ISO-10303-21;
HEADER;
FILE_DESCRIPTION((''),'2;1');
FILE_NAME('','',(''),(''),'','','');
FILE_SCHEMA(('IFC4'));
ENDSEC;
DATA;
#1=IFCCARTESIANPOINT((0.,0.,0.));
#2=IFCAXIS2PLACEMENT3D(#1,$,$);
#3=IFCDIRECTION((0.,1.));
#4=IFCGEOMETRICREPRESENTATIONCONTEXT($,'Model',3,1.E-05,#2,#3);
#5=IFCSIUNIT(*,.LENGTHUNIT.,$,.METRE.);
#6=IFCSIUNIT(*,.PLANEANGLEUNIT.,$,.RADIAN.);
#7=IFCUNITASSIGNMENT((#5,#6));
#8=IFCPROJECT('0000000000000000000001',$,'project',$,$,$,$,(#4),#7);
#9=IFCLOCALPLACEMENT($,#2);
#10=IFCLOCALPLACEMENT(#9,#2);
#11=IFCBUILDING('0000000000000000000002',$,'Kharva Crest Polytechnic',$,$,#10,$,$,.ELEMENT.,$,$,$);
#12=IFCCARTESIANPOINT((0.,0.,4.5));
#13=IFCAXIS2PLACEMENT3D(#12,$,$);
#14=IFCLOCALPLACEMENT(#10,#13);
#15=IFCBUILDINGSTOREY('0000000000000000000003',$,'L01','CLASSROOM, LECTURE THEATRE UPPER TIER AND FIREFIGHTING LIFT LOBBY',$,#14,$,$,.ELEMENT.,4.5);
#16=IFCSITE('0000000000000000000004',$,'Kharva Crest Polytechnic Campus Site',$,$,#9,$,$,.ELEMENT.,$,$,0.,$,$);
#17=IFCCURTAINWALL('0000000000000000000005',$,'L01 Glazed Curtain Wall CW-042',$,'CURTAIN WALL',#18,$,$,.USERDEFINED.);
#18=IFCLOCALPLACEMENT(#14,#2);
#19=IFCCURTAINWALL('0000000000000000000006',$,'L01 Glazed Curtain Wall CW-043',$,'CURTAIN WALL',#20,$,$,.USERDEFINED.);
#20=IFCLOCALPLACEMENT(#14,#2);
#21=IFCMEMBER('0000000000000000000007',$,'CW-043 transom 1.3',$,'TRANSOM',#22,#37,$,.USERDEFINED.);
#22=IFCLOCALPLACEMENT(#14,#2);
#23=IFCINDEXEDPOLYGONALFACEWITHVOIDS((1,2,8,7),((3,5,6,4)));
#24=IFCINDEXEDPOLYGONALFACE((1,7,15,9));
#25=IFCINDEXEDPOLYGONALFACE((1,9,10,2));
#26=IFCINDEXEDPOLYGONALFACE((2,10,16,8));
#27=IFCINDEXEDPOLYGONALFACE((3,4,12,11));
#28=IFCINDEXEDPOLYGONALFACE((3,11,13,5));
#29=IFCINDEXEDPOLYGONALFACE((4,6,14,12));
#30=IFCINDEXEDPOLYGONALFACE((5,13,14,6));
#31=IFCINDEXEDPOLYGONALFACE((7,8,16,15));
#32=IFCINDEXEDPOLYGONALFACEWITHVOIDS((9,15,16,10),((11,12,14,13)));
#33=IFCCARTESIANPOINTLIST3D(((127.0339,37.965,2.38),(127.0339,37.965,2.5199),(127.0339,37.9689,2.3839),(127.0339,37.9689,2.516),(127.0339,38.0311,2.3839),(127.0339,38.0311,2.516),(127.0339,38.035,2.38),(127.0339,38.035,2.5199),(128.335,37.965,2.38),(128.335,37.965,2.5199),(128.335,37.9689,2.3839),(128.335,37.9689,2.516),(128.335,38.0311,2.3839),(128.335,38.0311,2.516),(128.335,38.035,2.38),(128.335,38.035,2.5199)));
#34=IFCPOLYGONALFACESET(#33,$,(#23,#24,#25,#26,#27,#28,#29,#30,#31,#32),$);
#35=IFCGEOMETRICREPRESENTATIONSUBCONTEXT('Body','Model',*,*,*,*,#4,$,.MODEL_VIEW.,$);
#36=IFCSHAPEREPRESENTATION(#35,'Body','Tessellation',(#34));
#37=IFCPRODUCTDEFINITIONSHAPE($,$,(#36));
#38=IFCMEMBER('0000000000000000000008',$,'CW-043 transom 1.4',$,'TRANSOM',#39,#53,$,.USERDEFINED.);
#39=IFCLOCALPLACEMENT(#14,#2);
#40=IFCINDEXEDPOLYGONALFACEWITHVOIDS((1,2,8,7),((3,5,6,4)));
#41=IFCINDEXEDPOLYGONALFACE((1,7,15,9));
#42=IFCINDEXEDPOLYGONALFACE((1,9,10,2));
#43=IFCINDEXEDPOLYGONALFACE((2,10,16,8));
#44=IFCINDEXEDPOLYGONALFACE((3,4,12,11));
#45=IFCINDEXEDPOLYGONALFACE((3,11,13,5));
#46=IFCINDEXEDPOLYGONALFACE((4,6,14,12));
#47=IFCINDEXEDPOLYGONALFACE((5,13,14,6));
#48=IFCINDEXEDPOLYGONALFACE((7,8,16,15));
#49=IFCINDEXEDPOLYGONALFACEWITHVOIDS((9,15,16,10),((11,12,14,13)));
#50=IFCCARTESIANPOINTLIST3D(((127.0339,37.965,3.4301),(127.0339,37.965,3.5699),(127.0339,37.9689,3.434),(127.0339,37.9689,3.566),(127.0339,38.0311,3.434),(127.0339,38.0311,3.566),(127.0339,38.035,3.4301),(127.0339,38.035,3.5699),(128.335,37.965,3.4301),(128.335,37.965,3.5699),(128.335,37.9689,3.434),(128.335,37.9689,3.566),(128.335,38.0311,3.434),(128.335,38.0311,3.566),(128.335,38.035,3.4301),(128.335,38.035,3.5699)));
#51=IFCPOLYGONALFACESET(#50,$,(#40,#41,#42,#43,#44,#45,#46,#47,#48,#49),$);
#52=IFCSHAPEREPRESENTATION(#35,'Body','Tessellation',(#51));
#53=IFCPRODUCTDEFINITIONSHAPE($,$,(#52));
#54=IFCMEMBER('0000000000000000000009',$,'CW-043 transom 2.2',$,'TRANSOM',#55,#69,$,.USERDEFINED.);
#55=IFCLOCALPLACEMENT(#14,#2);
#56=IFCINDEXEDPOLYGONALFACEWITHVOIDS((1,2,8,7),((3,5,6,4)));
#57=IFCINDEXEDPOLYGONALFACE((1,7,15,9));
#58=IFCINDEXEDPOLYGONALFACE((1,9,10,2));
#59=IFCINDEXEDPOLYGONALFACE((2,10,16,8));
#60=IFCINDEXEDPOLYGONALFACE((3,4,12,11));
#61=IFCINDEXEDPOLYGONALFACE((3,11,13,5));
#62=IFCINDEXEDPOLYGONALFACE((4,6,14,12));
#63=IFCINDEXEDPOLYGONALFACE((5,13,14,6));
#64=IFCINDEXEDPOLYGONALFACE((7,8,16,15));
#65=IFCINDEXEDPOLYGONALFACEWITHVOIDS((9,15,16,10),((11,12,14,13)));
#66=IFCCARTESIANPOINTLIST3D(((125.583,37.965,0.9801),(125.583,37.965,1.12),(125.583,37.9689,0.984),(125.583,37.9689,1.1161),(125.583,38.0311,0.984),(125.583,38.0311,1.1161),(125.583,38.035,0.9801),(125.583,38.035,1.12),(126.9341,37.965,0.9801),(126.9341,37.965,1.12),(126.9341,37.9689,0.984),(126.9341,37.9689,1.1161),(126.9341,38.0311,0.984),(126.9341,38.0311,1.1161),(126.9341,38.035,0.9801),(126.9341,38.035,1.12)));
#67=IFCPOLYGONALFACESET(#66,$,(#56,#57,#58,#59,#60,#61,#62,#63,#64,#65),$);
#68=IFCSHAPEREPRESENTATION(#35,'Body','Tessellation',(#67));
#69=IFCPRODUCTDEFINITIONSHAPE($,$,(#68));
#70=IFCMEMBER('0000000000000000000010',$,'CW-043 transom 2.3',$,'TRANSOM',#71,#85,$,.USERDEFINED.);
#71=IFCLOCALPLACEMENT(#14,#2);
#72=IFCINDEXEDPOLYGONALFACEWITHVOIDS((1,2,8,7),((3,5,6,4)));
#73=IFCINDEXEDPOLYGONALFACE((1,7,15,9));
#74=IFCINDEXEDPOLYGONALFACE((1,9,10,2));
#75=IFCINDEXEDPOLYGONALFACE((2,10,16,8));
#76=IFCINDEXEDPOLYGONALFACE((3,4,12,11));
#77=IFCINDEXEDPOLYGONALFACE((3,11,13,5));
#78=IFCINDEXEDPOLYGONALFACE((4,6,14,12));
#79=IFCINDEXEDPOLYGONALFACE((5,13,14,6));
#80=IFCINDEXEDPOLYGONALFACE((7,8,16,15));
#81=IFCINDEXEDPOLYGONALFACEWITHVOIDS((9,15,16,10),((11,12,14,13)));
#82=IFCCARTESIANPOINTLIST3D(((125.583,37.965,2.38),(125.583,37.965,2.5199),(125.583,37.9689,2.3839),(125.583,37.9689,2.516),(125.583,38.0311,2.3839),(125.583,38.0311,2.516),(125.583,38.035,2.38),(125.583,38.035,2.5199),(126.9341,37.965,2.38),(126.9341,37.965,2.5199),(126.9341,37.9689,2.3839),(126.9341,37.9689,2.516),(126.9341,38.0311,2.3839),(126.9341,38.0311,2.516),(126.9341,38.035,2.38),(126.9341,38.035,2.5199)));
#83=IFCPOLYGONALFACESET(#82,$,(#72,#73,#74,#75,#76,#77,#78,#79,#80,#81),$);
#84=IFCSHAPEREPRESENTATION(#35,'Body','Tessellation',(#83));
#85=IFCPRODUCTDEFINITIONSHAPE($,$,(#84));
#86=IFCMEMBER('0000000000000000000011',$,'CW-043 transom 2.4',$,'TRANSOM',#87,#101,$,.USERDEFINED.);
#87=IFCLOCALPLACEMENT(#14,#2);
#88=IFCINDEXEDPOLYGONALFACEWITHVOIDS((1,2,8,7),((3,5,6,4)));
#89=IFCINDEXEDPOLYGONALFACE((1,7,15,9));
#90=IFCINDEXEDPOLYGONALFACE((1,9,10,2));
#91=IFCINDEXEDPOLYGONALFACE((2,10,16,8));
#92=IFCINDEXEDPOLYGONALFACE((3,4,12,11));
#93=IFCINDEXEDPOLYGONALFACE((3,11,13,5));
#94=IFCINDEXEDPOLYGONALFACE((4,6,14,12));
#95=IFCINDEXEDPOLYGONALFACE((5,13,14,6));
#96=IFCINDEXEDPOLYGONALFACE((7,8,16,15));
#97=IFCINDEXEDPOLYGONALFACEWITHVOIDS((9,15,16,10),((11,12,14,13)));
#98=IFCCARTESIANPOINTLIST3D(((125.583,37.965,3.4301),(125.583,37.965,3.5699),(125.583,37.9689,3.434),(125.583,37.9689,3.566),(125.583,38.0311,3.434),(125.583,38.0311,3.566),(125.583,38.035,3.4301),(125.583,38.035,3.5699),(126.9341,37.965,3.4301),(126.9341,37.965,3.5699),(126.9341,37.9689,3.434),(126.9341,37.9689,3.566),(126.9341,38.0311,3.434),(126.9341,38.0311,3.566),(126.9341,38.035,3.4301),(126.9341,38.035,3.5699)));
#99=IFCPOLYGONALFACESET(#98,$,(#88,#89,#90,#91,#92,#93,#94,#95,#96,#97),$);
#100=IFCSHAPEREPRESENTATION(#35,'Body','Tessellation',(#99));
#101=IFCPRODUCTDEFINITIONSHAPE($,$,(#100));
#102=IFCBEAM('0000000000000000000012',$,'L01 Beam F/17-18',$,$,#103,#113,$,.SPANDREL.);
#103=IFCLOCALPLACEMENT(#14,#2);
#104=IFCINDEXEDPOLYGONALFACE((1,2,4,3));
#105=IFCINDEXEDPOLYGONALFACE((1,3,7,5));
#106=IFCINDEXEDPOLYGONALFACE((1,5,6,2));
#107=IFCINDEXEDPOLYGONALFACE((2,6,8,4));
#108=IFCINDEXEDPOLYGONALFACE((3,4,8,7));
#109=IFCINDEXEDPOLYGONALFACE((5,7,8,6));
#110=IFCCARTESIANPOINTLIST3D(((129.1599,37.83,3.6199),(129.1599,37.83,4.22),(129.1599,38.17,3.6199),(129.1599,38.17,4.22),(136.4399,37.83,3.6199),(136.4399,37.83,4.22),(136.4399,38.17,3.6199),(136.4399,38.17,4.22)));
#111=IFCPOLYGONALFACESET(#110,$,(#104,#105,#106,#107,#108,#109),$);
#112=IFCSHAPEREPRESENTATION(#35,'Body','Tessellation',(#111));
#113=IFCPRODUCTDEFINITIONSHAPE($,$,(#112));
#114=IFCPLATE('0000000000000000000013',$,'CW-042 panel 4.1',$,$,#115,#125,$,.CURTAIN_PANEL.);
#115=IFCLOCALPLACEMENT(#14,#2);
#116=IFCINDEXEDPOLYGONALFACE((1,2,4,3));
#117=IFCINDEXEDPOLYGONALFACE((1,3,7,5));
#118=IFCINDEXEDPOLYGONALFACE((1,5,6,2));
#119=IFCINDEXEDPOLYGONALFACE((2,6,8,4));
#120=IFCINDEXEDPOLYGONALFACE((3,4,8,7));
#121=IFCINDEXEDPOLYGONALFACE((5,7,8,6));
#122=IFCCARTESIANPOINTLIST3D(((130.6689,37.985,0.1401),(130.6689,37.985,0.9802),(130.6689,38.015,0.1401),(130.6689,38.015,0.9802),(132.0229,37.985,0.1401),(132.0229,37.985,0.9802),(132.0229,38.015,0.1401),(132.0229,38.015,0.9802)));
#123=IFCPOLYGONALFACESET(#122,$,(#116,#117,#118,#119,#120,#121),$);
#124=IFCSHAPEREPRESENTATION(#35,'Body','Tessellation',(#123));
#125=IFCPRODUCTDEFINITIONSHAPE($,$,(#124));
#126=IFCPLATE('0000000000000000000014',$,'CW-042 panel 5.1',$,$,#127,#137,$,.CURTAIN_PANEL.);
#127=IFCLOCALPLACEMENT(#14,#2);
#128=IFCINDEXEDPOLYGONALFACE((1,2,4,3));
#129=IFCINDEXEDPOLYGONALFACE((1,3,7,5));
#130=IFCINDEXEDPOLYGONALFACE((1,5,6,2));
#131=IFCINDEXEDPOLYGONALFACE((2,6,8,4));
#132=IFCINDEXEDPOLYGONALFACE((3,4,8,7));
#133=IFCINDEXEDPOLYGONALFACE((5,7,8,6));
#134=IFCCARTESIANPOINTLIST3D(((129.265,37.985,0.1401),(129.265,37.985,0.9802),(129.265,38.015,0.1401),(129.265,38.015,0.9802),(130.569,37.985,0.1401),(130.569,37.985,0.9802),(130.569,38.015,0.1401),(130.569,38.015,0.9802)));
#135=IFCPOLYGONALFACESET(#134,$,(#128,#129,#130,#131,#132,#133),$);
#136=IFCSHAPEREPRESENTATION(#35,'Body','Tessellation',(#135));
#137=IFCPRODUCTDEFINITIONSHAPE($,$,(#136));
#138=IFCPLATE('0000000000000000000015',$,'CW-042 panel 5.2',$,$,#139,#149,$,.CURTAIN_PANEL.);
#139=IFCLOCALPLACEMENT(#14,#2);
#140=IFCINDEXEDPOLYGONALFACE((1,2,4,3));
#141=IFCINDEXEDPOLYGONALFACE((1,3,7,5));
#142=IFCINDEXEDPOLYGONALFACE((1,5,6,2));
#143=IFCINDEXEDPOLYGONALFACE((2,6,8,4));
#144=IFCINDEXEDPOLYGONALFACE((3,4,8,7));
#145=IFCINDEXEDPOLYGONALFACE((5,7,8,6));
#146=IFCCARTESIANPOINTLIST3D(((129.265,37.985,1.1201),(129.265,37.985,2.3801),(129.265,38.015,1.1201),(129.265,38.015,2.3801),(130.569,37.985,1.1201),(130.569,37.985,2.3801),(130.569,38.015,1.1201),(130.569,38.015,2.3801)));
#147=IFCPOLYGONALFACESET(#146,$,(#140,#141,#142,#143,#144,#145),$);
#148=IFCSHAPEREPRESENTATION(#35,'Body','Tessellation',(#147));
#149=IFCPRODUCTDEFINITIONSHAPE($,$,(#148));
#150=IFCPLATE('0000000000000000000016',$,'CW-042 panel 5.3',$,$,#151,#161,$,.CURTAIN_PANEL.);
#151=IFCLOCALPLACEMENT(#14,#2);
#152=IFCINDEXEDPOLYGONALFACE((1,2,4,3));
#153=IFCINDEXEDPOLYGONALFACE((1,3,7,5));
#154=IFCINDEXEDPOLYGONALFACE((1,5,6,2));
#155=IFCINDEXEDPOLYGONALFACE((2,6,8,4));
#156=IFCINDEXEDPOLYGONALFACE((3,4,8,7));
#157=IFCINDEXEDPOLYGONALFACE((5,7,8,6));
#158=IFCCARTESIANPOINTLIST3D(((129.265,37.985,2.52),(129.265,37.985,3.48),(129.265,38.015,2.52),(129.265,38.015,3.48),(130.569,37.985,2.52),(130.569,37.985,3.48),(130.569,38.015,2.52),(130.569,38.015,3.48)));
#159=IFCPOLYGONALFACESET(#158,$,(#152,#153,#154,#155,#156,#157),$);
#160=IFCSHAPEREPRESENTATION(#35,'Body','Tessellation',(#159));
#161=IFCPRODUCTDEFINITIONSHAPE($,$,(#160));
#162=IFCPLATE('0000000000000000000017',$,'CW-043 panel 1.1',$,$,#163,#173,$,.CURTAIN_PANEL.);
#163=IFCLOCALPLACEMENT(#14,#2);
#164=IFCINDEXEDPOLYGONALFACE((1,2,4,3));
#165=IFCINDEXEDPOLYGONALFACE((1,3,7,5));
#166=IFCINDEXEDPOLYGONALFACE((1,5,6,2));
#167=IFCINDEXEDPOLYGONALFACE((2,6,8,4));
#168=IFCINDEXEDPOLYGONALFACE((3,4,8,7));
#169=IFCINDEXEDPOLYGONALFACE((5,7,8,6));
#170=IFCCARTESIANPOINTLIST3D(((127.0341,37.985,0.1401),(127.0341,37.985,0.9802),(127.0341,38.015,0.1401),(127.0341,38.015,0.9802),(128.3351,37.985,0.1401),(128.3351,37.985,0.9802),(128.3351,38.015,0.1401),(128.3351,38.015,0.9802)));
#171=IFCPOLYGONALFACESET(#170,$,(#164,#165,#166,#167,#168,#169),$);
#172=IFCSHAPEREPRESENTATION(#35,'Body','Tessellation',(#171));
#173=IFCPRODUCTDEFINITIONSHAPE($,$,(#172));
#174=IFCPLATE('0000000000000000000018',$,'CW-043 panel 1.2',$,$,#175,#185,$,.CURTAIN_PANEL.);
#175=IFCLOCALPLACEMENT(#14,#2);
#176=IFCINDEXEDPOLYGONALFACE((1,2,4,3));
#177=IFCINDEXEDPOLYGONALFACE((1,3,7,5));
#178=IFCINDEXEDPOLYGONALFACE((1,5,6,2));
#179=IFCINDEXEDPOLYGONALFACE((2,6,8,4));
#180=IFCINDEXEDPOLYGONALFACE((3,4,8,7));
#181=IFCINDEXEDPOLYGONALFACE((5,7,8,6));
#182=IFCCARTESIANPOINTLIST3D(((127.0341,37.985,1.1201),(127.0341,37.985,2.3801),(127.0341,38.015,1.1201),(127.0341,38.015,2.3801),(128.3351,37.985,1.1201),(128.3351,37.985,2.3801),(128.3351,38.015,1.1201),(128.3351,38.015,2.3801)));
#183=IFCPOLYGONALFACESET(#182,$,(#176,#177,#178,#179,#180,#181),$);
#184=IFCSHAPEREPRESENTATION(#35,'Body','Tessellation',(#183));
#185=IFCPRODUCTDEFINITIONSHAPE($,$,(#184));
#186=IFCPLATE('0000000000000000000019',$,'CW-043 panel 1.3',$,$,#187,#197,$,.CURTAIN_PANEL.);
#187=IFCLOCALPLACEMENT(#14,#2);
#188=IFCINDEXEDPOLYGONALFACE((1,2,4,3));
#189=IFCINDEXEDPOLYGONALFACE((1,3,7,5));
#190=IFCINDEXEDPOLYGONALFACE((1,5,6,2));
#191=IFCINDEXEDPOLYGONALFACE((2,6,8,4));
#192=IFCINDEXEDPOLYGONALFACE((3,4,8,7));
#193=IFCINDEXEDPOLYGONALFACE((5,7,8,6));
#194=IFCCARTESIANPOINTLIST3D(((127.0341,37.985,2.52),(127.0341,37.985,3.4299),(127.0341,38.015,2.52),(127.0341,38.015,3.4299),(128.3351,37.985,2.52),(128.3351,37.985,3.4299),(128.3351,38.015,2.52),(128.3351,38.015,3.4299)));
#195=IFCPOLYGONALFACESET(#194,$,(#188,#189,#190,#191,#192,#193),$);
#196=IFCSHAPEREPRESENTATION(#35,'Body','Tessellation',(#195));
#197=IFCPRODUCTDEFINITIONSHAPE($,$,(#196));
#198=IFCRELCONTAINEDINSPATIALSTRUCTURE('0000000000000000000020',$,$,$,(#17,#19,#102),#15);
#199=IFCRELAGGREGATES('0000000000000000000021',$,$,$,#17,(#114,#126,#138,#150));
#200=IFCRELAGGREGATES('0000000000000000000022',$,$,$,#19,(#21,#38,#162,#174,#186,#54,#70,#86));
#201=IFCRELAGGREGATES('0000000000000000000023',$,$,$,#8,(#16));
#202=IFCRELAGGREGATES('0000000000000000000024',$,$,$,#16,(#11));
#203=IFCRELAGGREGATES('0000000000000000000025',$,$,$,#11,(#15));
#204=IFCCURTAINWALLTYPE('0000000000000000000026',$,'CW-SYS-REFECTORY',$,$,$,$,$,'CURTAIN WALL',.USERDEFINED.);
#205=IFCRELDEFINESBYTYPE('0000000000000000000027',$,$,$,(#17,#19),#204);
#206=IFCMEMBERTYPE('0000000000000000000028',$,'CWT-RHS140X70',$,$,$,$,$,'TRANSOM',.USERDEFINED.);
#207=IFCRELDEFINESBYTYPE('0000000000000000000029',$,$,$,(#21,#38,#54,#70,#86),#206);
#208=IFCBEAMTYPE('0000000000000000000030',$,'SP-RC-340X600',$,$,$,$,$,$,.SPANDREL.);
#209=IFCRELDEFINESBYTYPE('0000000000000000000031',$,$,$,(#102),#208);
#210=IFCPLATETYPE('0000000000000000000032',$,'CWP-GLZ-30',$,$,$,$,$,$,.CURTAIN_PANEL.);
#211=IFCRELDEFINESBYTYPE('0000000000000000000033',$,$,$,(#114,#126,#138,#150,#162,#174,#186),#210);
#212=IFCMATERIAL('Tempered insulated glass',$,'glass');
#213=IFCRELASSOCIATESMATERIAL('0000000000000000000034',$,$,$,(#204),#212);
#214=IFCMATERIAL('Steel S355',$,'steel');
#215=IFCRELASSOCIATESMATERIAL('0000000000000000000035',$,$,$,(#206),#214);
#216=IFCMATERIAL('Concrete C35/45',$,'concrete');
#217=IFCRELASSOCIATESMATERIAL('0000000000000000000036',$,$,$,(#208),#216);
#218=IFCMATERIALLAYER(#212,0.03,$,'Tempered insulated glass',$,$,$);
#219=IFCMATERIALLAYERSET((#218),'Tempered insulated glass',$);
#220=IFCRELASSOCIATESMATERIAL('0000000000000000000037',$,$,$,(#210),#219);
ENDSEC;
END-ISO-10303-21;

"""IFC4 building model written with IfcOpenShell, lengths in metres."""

from ifc_helpers import new_model, si_unit, direction, frame, origin, origin_2d, place, context, subcontext, project, spatial, rectangle, hollow_rectangle, extrude, material, layer, layer_set, material_profile, profile_set, type_object, element, aggregate, save


model = new_model("IFC4")

# Units and contexts
model_context = context("Model", 3, precision=1e-05, world=origin(), true_north=direction((0.0, 1.0)))
body_context = subcontext(model_context, "Body", "Model", "MODEL_VIEW")
ifc_project = project(units=[si_unit("LENGTHUNIT", "METRE"), si_unit("PLANEANGLEUNIT", "RADIAN")], contexts=[model_context])

# Site, building, storey
site_placement = place(None, origin())
site = spatial("IfcSite", under=ifc_project, at=site_placement, Name="Kharva Crest Polytechnic Campus Site", CompositionType="ELEMENT", RefElevation=0.0)
building_placement = place(site_placement, origin())
building = spatial("IfcBuilding", under=site, at=building_placement, Name="Kharva Crest Polytechnic", CompositionType="ELEMENT")
storey_placement = place(building_placement, frame((0.0, 0.0, 4.5)))
storey = spatial("IfcBuildingStorey", under=building, at=storey_placement, Name="L01", Description="CLASSROOM, LECTURE THEATRE UPPER TIER AND FIREFIGHTING LIFT LOBBY", CompositionType="ELEMENT", Elevation=4.5)

# Curtain walls
ifc_material_1 = material(Name="Tempered insulated glass", Category="glass")
curtain_wall_type = type_object("IfcCurtainWallType", Name="CW-SYS-REFECTORY", ElementType="CURTAIN WALL", PredefinedType="USERDEFINED", material=ifc_material_1)
curtain_wall_1_placement = place(storey_placement, origin())
curtain_wall_1 = element("IfcCurtainWall", 1, at=curtain_wall_1_placement, inside=storey, type_object=curtain_wall_type, Name="L01 Glazed Curtain Wall CW-042", ObjectType="CURTAIN WALL", PredefinedType="USERDEFINED")
ifc_material_2 = material(Name="Steel S355", Category="steel")
curtain_wall_2_placement = place(storey_placement, origin())
curtain_wall_2 = element("IfcCurtainWall", 2, at=curtain_wall_2_placement, inside=storey, type_object=curtain_wall_type, Name="L01 Glazed Curtain Wall CW-043", ObjectType="CURTAIN WALL", PredefinedType="USERDEFINED")

# Members
ifc_material_profile_1 = material_profile(ifc_material_2, hollow_rectangle(XDim=0.0701, YDim=0.1399, WallThickness=0.0039, at=origin_2d()), Name="RHS 140X70X4.0")
ifc_profile_set_1 = profile_set([ifc_material_profile_1], Name="Steel S355")
member_type_1 = type_object("IfcMemberType", Name="CWT-RHS140X70", ElementType="TRANSOM", PredefinedType="USERDEFINED", material=ifc_profile_set_1)
member_1_placement = place(storey_placement, frame((128.335, 38.0, 2.45), z_axis=(-1.0, 0.0, 0.0), x_axis=(0.0, -1.0, 0.0)))
member_1 = element("IfcMember", 3, at=member_1_placement, type_object=member_type_1, Name="CW-043 transom 1.3", ObjectType="TRANSOM", PredefinedType="USERDEFINED", context=body_context, shape_type="SweptSolid", body=[
    extrude(hollow_rectangle(XDim=0.0701, YDim=0.1399, WallThickness=0.0039, at=origin_2d()), origin(), (0.0, 0.0, 1.0), 1.301),
])
member_2_placement = place(storey_placement, frame((128.335, 38.0, 3.5), z_axis=(-1.0, 0.0, 0.0), x_axis=(0.0, -1.0, 0.0)))
member_2 = element("IfcMember", 4, at=member_2_placement, type_object=member_type_1, Name="CW-043 transom 1.4", ObjectType="TRANSOM", PredefinedType="USERDEFINED", context=body_context, shape_type="SweptSolid", body=[
    extrude(hollow_rectangle(XDim=0.0701, YDim=0.1399, WallThickness=0.0039, at=origin_2d()), origin(), (0.0, 0.0, 1.0), 1.301),
])
member_3_placement = place(storey_placement, frame((126.9341, 38.0, 1.05), z_axis=(-1.0, 0.0, 0.0), x_axis=(0.0, -1.0, 0.0)))
member_3 = element("IfcMember", 5, at=member_3_placement, type_object=member_type_1, Name="CW-043 transom 2.2", ObjectType="TRANSOM", PredefinedType="USERDEFINED", context=body_context, shape_type="SweptSolid", body=[
    extrude(hollow_rectangle(XDim=0.0701, YDim=0.1399, WallThickness=0.0039, at=origin_2d()), origin(), (0.0, 0.0, 1.0), 1.3511),
])
member_4_placement = place(storey_placement, frame((126.9341, 38.0, 2.45), z_axis=(-1.0, 0.0, 0.0), x_axis=(0.0, -1.0, 0.0)))
member_4 = element("IfcMember", 6, at=member_4_placement, type_object=member_type_1, Name="CW-043 transom 2.3", ObjectType="TRANSOM", PredefinedType="USERDEFINED", context=body_context, shape_type="SweptSolid", body=[
    extrude(hollow_rectangle(XDim=0.0701, YDim=0.1399, WallThickness=0.0039, at=origin_2d()), origin(), (0.0, 0.0, 1.0), 1.3511),
])
member_5_placement = place(storey_placement, frame((126.9341, 38.0, 3.5), z_axis=(-1.0, 0.0, 0.0), x_axis=(0.0, -1.0, 0.0)))
member_5 = element("IfcMember", 7, at=member_5_placement, type_object=member_type_1, Name="CW-043 transom 2.4", ObjectType="TRANSOM", PredefinedType="USERDEFINED", context=body_context, shape_type="SweptSolid", body=[
    extrude(hollow_rectangle(XDim=0.0701, YDim=0.1399, WallThickness=0.0039, at=origin_2d()), origin(), (0.0, 0.0, 1.0), 1.3511),
])

# Beam
ifc_material_3 = material(Name="Concrete C35/45", Category="concrete")
ifc_material_profile_2 = material_profile(ifc_material_3, rectangle(XDim=0.3401, YDim=0.6001, at=origin_2d()), Name="RECT 340 X 600")
ifc_profile_set_2 = profile_set([ifc_material_profile_2], Name="Concrete C35/45")
beam_type = type_object("IfcBeamType", Name="SP-RC-340X600", PredefinedType="SPANDREL", material=ifc_profile_set_2)
beam_placement = place(storey_placement, frame((129.1599, 38.0, 3.9199), z_axis=(1.0, 0.0, 0.0), x_axis=(0.0, 1.0, 0.0)))
element("IfcBeam", 8, at=beam_placement, inside=storey, type_object=beam_type, Name="L01 Beam F/17-18", PredefinedType="SPANDREL", context=body_context, shape_type="SweptSolid", body=[
    extrude(rectangle(XDim=0.3401, YDim=0.6001, at=origin_2d()), origin(), (0.0, 0.0, 1.0), 7.28),
])

# Plates
ifc_layer = layer(ifc_material_1, 0.03, Name="Tempered insulated glass")
ifc_layer_set = layer_set([ifc_layer], Name="Tempered insulated glass")
plate_type = type_object("IfcPlateType", Name="CWP-GLZ-30", PredefinedType="CURTAIN_PANEL", material=ifc_layer_set)
plate_1_placement = place(storey_placement, frame((131.3459, 38.0, 0.1401), z_axis=(0.0, 0.0, 1.0), x_axis=(-1.0, 0.0, 0.0)))
plate_1 = element("IfcPlate", 9, at=plate_1_placement, type_object=plate_type, Name="CW-042 panel 4.1", PredefinedType="CURTAIN_PANEL", context=body_context, shape_type="SweptSolid", body=[
    extrude(rectangle(XDim=1.354, YDim=0.03, at=origin_2d()), origin(), (0.0, 0.0, 1.0), 0.8401),
])
plate_2_placement = place(storey_placement, frame((129.917, 38.0, 0.1401), z_axis=(0.0, 0.0, 1.0), x_axis=(-1.0, 0.0, 0.0)))
plate_2 = element("IfcPlate", 10, at=plate_2_placement, type_object=plate_type, Name="CW-042 panel 5.1", PredefinedType="CURTAIN_PANEL", context=body_context, shape_type="SweptSolid", body=[
    extrude(rectangle(XDim=1.304, YDim=0.03, at=origin_2d()), origin(), (0.0, 0.0, 1.0), 0.8401),
])
plate_3_placement = place(storey_placement, frame((129.917, 38.0, 1.1201), z_axis=(0.0, 0.0, 1.0), x_axis=(-1.0, 0.0, 0.0)))
plate_3 = element("IfcPlate", 11, at=plate_3_placement, type_object=plate_type, Name="CW-042 panel 5.2", PredefinedType="CURTAIN_PANEL", context=body_context, shape_type="SweptSolid", body=[
    extrude(rectangle(XDim=1.304, YDim=0.03, at=origin_2d()), origin(), (0.0, 0.0, 1.0), 1.26),
])
plate_4_placement = place(storey_placement, frame((129.917, 38.0, 2.52), z_axis=(0.0, 0.0, 1.0), x_axis=(-1.0, 0.0, 0.0)))
plate_4 = element("IfcPlate", 12, at=plate_4_placement, type_object=plate_type, Name="CW-042 panel 5.3", PredefinedType="CURTAIN_PANEL", context=body_context, shape_type="SweptSolid", body=[
    extrude(rectangle(XDim=1.304, YDim=0.03, at=origin_2d()), origin(), (0.0, 0.0, 1.0), 0.96),
])
aggregate(curtain_wall_1, [plate_1, plate_2, plate_3, plate_4])
plate_5_placement = place(storey_placement, frame((127.6846, 38.0, 0.1401), z_axis=(0.0, 0.0, 1.0), x_axis=(-1.0, 0.0, 0.0)))
plate_5 = element("IfcPlate", 13, at=plate_5_placement, type_object=plate_type, Name="CW-043 panel 1.1", PredefinedType="CURTAIN_PANEL", context=body_context, shape_type="SweptSolid", body=[
    extrude(rectangle(XDim=1.301, YDim=0.03, at=origin_2d()), origin(), (0.0, 0.0, 1.0), 0.8401),
])
plate_6_placement = place(storey_placement, frame((127.6846, 38.0, 1.1201), z_axis=(0.0, 0.0, 1.0), x_axis=(-1.0, 0.0, 0.0)))
plate_6 = element("IfcPlate", 14, at=plate_6_placement, type_object=plate_type, Name="CW-043 panel 1.2", PredefinedType="CURTAIN_PANEL", context=body_context, shape_type="SweptSolid", body=[
    extrude(rectangle(XDim=1.301, YDim=0.03, at=origin_2d()), origin(), (0.0, 0.0, 1.0), 1.26),
])
plate_7_placement = place(storey_placement, frame((127.6846, 38.0, 2.52), z_axis=(0.0, 0.0, 1.0), x_axis=(-1.0, 0.0, 0.0)))
plate_7 = element("IfcPlate", 15, at=plate_7_placement, type_object=plate_type, Name="CW-043 panel 1.3", PredefinedType="CURTAIN_PANEL", context=body_context, shape_type="SweptSolid", body=[
    extrude(rectangle(XDim=1.301, YDim=0.03, at=origin_2d()), origin(), (0.0, 0.0, 1.0), 0.9099),
])
aggregate(curtain_wall_2, [member_1, member_2, plate_5, plate_6, plate_7, member_3, member_4, member_5])

save(model, "model.ifc")
